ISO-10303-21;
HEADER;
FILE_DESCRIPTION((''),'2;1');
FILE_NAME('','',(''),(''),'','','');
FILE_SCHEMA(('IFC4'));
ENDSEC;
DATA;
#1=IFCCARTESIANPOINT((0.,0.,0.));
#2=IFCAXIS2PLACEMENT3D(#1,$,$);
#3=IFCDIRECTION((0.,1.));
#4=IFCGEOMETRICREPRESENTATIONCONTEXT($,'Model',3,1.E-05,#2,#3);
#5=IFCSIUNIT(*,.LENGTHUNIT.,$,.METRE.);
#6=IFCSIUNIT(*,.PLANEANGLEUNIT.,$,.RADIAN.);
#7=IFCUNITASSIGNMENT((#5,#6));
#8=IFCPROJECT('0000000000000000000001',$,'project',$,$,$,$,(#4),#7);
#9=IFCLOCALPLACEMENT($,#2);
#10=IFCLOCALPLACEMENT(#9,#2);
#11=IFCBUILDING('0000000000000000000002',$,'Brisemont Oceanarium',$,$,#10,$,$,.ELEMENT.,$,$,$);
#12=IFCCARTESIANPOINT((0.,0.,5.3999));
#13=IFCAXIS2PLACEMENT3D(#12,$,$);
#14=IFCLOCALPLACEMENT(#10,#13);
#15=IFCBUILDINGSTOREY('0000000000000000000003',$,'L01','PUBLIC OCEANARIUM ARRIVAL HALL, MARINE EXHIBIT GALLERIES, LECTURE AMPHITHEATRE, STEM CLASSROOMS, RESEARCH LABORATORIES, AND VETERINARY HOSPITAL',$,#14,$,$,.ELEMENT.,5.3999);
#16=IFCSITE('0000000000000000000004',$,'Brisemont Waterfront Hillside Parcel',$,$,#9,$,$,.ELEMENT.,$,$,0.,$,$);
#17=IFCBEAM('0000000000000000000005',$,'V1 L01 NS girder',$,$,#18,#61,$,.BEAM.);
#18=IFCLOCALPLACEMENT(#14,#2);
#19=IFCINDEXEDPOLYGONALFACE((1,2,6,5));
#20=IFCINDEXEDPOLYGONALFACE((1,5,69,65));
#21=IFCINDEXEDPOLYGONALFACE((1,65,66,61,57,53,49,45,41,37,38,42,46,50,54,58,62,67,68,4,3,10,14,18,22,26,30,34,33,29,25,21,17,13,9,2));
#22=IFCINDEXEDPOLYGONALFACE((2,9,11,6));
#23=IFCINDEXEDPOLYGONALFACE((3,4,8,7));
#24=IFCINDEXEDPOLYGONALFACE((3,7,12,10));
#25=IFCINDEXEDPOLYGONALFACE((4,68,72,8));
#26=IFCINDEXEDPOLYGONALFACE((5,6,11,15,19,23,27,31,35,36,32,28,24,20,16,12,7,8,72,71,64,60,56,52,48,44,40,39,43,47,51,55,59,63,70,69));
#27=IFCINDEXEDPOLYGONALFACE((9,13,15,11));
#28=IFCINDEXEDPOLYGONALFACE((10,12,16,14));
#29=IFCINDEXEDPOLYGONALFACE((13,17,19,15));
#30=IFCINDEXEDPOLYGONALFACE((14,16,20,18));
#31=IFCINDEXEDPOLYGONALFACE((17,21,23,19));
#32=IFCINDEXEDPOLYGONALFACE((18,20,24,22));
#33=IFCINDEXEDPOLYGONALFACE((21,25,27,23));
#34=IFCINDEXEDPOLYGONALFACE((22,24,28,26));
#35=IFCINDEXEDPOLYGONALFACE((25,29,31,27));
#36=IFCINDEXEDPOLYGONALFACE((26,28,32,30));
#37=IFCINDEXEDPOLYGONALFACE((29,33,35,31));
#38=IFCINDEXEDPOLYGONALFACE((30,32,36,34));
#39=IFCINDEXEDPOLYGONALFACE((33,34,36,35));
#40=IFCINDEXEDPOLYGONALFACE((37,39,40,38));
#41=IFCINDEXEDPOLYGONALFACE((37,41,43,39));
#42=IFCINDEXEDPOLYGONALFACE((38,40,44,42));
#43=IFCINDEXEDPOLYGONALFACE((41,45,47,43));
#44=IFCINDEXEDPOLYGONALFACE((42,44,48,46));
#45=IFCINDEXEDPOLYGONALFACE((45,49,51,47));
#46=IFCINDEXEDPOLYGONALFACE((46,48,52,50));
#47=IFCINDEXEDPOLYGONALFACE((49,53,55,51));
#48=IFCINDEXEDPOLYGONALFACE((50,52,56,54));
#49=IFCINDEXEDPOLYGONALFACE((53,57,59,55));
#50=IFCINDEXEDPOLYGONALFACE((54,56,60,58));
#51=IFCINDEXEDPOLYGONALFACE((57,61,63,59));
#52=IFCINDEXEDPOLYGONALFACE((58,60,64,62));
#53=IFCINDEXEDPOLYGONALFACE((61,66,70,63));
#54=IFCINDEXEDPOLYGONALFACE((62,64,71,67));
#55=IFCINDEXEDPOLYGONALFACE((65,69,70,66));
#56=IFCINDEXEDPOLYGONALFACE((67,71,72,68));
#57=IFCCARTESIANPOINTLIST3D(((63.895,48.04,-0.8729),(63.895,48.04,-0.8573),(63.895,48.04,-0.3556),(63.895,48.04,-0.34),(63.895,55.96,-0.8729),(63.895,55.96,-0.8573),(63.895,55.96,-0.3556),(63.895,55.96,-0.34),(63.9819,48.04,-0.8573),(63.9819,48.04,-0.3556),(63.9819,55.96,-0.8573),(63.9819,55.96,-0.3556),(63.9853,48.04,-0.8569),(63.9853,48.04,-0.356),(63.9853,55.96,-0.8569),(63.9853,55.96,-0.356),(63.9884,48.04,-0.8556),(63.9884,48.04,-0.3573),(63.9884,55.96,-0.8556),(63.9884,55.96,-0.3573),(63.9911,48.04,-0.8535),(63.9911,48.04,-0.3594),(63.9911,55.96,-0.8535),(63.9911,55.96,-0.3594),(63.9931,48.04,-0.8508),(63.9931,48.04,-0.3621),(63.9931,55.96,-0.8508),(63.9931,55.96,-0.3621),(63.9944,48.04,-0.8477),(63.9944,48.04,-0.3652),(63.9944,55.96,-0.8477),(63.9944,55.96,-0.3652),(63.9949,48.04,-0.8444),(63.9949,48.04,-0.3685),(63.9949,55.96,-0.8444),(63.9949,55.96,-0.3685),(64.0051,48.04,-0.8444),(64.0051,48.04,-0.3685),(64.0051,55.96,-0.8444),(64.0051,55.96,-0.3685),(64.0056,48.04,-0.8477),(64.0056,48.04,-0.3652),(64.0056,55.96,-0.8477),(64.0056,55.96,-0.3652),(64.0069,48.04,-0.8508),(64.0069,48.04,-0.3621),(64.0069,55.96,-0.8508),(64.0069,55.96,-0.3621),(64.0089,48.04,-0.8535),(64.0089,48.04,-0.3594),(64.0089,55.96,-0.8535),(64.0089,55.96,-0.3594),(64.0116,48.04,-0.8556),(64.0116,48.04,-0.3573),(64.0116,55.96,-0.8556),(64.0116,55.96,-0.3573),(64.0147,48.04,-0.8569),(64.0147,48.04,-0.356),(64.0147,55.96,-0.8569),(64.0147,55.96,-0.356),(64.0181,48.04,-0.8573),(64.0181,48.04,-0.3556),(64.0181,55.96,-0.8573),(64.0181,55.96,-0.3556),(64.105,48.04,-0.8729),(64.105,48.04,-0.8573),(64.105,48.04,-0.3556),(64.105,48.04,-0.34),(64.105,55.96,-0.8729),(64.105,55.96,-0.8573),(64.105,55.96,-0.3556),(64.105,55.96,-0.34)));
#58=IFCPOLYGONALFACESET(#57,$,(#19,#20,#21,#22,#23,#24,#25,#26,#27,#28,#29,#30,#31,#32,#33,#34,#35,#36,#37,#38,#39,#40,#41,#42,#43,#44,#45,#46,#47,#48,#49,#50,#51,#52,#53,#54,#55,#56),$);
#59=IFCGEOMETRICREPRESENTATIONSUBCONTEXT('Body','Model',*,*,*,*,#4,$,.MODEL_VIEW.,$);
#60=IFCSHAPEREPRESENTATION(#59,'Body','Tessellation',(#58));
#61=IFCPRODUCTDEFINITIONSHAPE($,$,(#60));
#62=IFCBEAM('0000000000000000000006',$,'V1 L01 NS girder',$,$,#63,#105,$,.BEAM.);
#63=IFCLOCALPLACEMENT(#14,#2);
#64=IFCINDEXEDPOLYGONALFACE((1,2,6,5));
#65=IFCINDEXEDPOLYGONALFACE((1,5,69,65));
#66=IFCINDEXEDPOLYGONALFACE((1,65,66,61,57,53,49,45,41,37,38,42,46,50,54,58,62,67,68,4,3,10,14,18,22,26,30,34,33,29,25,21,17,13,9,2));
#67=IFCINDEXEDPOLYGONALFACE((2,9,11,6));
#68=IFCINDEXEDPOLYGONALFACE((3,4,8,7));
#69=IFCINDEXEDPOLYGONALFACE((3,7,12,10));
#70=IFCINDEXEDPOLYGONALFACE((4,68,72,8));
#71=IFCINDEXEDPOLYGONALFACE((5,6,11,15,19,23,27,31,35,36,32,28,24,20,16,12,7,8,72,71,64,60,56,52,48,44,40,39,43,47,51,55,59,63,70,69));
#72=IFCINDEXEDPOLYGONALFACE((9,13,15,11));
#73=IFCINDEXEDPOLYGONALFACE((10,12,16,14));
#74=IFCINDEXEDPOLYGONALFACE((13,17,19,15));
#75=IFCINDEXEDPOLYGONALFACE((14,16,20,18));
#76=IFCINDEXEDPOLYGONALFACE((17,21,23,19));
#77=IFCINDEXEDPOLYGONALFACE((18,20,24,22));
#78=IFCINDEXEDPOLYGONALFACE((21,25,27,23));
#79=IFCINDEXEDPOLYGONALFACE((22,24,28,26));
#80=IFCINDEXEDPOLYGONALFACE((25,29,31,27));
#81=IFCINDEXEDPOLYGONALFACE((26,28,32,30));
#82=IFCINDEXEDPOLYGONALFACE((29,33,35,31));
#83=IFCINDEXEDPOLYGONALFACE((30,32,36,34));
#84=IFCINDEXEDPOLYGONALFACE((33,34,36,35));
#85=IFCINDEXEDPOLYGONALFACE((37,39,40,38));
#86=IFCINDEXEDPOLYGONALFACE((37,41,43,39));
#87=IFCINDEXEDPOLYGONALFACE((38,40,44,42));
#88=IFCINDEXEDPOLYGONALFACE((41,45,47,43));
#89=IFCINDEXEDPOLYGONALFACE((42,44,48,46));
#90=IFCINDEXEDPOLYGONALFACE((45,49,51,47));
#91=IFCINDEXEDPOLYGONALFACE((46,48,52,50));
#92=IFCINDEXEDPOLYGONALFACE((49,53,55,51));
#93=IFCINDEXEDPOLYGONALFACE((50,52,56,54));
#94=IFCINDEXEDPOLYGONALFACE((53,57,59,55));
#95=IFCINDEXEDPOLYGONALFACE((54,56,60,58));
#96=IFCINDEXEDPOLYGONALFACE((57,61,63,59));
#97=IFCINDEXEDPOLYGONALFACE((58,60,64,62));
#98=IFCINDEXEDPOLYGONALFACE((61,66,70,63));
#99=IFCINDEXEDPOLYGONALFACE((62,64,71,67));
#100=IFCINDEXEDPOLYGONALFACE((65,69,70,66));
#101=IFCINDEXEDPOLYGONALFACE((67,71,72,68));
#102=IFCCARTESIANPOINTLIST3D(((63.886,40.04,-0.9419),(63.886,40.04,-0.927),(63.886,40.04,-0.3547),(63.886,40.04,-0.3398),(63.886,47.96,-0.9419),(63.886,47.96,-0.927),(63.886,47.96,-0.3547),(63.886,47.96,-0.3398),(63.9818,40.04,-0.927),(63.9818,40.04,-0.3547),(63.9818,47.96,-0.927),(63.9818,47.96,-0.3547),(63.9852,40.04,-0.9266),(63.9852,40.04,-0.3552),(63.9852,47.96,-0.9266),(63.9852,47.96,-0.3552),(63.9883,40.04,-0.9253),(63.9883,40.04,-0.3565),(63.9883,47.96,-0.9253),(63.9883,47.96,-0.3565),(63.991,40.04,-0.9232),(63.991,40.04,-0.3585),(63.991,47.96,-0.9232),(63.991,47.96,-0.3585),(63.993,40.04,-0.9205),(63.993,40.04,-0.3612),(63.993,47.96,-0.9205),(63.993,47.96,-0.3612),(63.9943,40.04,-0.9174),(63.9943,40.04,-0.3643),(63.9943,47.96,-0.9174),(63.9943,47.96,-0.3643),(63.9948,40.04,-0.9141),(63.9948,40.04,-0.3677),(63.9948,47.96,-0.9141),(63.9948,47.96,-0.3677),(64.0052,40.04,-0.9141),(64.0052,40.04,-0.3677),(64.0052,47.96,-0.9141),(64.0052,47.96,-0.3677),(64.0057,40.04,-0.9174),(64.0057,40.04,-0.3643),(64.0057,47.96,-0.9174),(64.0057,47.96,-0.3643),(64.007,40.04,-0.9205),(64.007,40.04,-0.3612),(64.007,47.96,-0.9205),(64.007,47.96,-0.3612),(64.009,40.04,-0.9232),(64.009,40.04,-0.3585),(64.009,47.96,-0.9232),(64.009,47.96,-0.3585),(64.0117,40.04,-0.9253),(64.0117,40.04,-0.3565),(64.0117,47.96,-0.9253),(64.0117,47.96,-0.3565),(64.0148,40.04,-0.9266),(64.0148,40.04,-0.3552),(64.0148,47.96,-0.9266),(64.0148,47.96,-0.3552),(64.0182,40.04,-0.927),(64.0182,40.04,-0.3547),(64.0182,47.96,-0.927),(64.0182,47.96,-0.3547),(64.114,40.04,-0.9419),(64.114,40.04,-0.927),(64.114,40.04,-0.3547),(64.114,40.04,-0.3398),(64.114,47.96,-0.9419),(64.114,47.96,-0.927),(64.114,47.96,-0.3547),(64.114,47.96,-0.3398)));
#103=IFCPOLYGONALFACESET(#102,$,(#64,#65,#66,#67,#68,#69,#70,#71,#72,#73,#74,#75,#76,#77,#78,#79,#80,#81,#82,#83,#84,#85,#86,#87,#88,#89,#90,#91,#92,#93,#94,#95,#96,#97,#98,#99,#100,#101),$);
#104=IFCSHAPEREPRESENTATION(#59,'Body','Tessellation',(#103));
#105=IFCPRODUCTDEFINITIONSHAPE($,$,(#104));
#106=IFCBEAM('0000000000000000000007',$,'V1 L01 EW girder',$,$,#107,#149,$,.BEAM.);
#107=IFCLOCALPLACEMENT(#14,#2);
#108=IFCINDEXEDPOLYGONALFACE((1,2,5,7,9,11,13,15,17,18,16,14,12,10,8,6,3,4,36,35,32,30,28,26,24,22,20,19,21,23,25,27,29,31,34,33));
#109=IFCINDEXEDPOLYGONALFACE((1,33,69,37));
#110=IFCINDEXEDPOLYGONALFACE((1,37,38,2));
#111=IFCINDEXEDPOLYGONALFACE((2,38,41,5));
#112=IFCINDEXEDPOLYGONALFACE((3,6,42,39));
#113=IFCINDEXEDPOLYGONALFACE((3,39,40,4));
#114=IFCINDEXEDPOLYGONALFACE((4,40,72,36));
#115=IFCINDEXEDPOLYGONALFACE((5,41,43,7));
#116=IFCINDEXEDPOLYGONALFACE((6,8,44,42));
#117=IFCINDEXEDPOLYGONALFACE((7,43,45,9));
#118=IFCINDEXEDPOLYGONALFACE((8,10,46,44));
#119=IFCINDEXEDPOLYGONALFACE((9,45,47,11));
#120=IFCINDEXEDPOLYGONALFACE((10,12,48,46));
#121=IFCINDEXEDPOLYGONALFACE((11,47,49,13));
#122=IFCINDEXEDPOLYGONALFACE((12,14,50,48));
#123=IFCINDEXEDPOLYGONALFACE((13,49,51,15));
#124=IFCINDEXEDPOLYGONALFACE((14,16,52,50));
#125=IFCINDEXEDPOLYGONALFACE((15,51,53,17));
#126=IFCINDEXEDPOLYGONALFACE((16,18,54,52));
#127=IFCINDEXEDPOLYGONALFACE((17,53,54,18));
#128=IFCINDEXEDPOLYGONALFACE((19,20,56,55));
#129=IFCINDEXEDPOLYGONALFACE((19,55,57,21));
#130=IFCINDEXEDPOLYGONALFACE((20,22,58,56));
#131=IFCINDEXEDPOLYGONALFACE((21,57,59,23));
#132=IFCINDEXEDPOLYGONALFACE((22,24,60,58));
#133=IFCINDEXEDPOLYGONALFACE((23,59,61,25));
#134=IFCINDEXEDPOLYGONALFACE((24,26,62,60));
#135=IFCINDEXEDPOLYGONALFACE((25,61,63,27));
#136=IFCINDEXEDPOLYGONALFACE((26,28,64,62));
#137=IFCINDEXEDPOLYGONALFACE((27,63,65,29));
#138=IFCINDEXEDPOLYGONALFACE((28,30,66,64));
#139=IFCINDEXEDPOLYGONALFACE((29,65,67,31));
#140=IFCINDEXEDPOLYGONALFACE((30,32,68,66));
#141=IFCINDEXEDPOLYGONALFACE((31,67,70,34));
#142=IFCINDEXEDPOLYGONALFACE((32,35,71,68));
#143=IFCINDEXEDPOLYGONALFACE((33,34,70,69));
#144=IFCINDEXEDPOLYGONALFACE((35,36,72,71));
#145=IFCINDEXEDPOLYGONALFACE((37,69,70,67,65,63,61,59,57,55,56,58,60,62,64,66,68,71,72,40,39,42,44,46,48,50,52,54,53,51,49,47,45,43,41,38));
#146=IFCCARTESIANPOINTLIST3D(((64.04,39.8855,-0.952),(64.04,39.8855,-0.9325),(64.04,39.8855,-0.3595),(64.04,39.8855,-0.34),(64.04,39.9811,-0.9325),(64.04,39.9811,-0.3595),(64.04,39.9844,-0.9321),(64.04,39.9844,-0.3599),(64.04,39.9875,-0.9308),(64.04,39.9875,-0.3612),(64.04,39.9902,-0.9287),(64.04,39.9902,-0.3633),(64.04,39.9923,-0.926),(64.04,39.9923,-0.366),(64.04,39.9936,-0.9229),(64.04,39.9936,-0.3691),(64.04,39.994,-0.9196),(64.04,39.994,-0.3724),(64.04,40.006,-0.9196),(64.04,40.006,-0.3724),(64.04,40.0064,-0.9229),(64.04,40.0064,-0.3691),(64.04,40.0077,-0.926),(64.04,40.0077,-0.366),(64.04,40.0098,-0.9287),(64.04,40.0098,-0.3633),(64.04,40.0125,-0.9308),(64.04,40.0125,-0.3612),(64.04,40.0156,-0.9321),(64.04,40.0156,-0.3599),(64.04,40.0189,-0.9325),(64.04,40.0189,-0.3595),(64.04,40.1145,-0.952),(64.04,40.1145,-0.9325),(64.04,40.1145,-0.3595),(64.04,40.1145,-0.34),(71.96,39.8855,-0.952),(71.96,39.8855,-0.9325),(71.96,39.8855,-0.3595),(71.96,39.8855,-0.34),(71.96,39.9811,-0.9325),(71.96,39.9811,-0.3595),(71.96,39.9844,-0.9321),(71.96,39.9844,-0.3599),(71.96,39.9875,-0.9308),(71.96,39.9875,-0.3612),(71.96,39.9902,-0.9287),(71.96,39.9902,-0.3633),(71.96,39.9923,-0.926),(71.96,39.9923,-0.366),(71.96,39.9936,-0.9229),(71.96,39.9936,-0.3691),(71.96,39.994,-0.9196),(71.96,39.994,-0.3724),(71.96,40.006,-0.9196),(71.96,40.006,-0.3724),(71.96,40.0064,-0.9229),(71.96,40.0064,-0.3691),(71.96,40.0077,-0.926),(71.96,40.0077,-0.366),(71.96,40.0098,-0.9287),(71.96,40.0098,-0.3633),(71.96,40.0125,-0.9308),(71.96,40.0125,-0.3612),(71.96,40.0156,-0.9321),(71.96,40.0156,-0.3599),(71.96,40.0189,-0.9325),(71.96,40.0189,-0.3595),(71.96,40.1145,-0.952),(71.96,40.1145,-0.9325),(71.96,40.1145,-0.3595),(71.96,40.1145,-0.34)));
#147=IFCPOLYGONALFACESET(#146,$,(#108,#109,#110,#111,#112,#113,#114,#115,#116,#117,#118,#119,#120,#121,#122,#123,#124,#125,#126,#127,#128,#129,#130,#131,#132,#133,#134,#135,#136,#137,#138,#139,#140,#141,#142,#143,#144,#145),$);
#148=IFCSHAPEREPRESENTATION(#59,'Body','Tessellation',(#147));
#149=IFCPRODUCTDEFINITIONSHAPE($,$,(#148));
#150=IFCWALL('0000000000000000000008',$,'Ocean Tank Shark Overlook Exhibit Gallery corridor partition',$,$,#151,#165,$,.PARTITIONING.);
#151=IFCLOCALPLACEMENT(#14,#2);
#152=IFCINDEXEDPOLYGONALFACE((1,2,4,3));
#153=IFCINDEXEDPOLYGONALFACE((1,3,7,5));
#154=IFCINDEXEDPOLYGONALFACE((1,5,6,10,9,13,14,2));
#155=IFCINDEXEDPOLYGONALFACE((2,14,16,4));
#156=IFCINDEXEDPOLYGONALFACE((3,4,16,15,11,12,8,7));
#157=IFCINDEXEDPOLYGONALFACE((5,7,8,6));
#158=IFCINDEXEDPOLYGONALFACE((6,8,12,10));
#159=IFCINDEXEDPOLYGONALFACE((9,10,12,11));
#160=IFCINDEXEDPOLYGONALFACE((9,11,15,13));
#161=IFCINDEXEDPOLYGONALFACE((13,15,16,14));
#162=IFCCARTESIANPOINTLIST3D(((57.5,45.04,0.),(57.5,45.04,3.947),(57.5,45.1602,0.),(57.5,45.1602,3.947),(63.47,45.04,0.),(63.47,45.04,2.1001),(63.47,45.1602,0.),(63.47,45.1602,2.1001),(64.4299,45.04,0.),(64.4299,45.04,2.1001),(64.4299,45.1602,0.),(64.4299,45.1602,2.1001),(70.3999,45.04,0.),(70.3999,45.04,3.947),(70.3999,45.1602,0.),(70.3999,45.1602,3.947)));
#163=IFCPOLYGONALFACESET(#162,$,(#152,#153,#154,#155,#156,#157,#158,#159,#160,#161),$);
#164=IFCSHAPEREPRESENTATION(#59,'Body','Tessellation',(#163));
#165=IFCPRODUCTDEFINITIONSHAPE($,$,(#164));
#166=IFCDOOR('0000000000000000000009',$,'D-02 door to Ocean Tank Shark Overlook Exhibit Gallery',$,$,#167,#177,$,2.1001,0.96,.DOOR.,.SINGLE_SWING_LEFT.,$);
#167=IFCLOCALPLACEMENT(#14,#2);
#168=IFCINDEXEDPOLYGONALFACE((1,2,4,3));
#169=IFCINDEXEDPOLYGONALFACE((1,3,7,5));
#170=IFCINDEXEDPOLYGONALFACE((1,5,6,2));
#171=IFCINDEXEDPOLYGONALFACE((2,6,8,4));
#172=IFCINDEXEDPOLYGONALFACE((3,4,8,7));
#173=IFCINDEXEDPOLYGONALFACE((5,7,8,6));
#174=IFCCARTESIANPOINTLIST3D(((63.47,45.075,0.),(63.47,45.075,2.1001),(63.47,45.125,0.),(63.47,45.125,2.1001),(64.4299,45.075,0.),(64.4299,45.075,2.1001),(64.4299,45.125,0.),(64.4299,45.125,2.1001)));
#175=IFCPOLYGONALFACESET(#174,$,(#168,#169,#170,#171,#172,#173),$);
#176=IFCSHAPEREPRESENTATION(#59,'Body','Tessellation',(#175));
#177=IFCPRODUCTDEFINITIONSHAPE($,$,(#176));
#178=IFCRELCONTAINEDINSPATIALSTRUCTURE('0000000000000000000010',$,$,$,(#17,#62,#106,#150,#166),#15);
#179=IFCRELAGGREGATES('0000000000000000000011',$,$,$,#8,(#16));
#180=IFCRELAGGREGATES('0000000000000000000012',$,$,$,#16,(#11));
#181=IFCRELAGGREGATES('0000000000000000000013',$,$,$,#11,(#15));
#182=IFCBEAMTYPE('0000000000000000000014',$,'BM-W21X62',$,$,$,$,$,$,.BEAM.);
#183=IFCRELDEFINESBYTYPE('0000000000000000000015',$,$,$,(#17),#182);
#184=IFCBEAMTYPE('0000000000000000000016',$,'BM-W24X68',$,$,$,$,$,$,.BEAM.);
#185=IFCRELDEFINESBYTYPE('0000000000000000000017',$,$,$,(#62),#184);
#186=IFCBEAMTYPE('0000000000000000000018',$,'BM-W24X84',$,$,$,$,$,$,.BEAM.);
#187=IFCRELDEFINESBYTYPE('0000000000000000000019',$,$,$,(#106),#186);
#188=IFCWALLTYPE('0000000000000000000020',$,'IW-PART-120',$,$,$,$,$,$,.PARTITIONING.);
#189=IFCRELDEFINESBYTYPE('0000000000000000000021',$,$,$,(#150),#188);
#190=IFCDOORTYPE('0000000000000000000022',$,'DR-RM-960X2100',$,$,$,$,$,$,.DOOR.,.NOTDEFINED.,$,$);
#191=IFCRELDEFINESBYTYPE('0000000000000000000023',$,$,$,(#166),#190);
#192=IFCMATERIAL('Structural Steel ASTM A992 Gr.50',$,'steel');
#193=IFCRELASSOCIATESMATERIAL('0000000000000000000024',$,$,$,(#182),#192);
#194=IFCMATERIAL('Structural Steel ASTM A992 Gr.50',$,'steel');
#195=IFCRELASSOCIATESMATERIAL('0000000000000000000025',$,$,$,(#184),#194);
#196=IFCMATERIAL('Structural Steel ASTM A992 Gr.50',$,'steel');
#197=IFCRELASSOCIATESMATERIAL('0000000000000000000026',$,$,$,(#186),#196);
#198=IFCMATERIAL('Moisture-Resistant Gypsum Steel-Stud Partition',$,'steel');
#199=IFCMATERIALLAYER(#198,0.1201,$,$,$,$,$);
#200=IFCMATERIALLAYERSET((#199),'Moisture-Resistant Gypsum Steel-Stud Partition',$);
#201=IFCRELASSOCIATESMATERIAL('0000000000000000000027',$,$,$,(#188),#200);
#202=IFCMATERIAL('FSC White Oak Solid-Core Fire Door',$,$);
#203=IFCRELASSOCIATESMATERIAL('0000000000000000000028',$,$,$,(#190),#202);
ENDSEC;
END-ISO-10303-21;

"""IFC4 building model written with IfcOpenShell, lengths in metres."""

from ifc_helpers import new_model, si_unit, direction, frame, frame_2d, origin, origin_2d, place, context, subcontext, project, spatial, rectangle, i_section, extrude, material, layer, layer_set, material_profile, profile_set, type_object, element, fill, save


model = new_model("IFC4")

# Units and contexts
model_context = context("Model", 3, precision=1e-05, world=origin(), true_north=direction((0.0, 1.0)))
body_context = subcontext(model_context, "Body", "Model", "MODEL_VIEW")
ifc_project = project(units=[si_unit("LENGTHUNIT", "METRE"), si_unit("PLANEANGLEUNIT", "RADIAN")], contexts=[model_context])

# Site, building, storey
site_placement = place(None, origin())
site = spatial("IfcSite", under=ifc_project, at=site_placement, Name="Brisemont Waterfront Hillside Parcel", CompositionType="ELEMENT", RefElevation=0.0)
building_placement = place(site_placement, origin())
building = spatial("IfcBuilding", under=site, at=building_placement, Name="Brisemont Oceanarium", CompositionType="ELEMENT")
storey_placement = place(building_placement, frame((0.0, 0.0, 5.3999)))
storey = spatial("IfcBuildingStorey", under=building, at=storey_placement, Name="L01", Description="PUBLIC OCEANARIUM ARRIVAL HALL, MARINE EXHIBIT GALLERIES, LECTURE AMPHITHEATRE, STEM CLASSROOMS, RESEARCH LABORATORIES, AND VETERINARY HOSPITAL", CompositionType="ELEMENT", Elevation=5.3999)

# Beams
ifc_material_1 = material(Name="Structural Steel ASTM A992 Gr.50", Category="steel")
ifc_material_profile_1 = material_profile(ifc_material_1, i_section(OverallWidth=0.21, OverallDepth=0.533, WebThickness=0.0103, FlangeThickness=0.0156, FilletRadius=0.0129, at=origin_2d()), Name="W21X62")
ifc_profile_set_1 = profile_set([ifc_material_profile_1], Name="Structural Steel ASTM A992 Gr.50")
beam_type_1 = type_object("IfcBeamType", Name="BM-W21X62", PredefinedType="BEAM", material=ifc_profile_set_1)
beam_1_placement = place(storey_placement, frame((64.0, 48.04, -0.6064), z_axis=(0.0, 1.0, 0.0), x_axis=(-1.0, 0.0, 0.0)))
element("IfcBeam", 1, at=beam_1_placement, inside=storey, type_object=beam_type_1, Name="V1 L01 NS girder", PredefinedType="BEAM", context=body_context, shape_type="SweptSolid", body=[
    extrude(i_section(OverallWidth=0.21, OverallDepth=0.533, WebThickness=0.0103, FlangeThickness=0.0156, FilletRadius=0.0129, at=origin_2d()), origin(), (0.0, 0.0, 1.0), 7.9199),
])
ifc_material_2 = material(Name="Structural Steel ASTM A992 Gr.50", Category="steel")
ifc_material_profile_2 = material_profile(ifc_material_2, i_section(OverallWidth=0.228, OverallDepth=0.6021, WebThickness=0.0105, FlangeThickness=0.0149, FilletRadius=0.0129, at=origin_2d()), Name="W24X68")
ifc_profile_set_2 = profile_set([ifc_material_profile_2], Name="Structural Steel ASTM A992 Gr.50")
beam_type_2 = type_object("IfcBeamType", Name="BM-W24X68", PredefinedType="BEAM", material=ifc_profile_set_2)
beam_2_placement = place(storey_placement, frame((64.0, 40.04, -0.6409), z_axis=(0.0, 1.0, 0.0), x_axis=(-1.0, 0.0, 0.0)))
element("IfcBeam", 2, at=beam_2_placement, inside=storey, type_object=beam_type_2, Name="V1 L01 NS girder", PredefinedType="BEAM", context=body_context, shape_type="SweptSolid", body=[
    extrude(i_section(OverallWidth=0.228, OverallDepth=0.6021, WebThickness=0.0105, FlangeThickness=0.0149, FilletRadius=0.0129, at=origin_2d()), origin(), (0.0, 0.0, 1.0), 7.9199),
])
ifc_material_3 = material(Name="Structural Steel ASTM A992 Gr.50", Category="steel")
ifc_material_profile_3 = material_profile(ifc_material_3, i_section(OverallWidth=0.229, OverallDepth=0.6121, WebThickness=0.012, FlangeThickness=0.0195, FilletRadius=0.0129, at=origin_2d()), Name="W24X84")
ifc_profile_set_3 = profile_set([ifc_material_profile_3], Name="Structural Steel ASTM A992 Gr.50")
beam_type_3 = type_object("IfcBeamType", Name="BM-W24X84", PredefinedType="BEAM", material=ifc_profile_set_3)
beam_3_placement = place(storey_placement, frame((64.04, 40.0, -0.646), z_axis=(1.0, 0.0, 0.0), x_axis=(0.0, 1.0, 0.0)))
element("IfcBeam", 3, at=beam_3_placement, inside=storey, type_object=beam_type_3, Name="V1 L01 EW girder", PredefinedType="BEAM", context=body_context, shape_type="SweptSolid", body=[
    extrude(i_section(OverallWidth=0.229, OverallDepth=0.6121, WebThickness=0.012, FlangeThickness=0.0195, FilletRadius=0.0129, at=origin_2d()), origin(), (0.0, 0.0, 1.0), 7.9199),
])

# Wall, opening, door
ifc_material_4 = material(Name="Moisture-Resistant Gypsum Steel-Stud Partition", Category="steel")
ifc_layer_1 = layer(ifc_material_4, 0.1201)
ifc_layer_set_1 = layer_set([ifc_layer_1], Name="Moisture-Resistant Gypsum Steel-Stud Partition")
wall_type_1 = type_object("IfcWallType", Name="IW-PART-120", PredefinedType="PARTITIONING", material=ifc_layer_set_1)
wall_1_placement = place(storey_placement, frame((57.5, 45.1001, 0.0), z_axis=(0.0, 0.0, 1.0), x_axis=(1.0, 0.0, 0.0)))
wall_1 = element("IfcWall", 4, at=wall_1_placement, inside=storey, type_object=wall_type_1, Name="Ocean Tank Shark Overlook Exhibit Gallery corridor partition", PredefinedType="PARTITIONING", context=body_context, shape_type="SweptSolid", body=[
    extrude(rectangle(XDim=12.8999, YDim=0.1201, at=frame_2d((6.45, 0.0))), origin(), (0.0, 0.0, 1.0), 3.947),
])
opening_1_placement = place(wall_1_placement, frame((5.97, 0.0, 0.0)))
opening_1 = element("IfcOpeningElement", 5, at=opening_1_placement, cuts=wall_1, PredefinedType="OPENING", context=body_context, shape_type="SweptSolid", body=[
    extrude(rectangle(XDim=0.96, YDim=2.1001, at=frame_2d((0.48, 1.05))), frame((0.0, 0.0701, 0.0), z_axis=(0.0, -1.0, 0.0), x_axis=(1.0, 0.0, 0.0)), (0.0, 0.0, 1.0), 0.1401),
])
ifc_material_5 = material(Name="FSC White Oak Solid-Core Fire Door")
door_type_1 = type_object("IfcDoorType", Name="DR-RM-960X2100", OperationType="NOTDEFINED", PredefinedType="DOOR", material=ifc_material_5)
door_1_placement = place(opening_1_placement, origin())
door_1 = element("IfcDoor", 6, at=door_1_placement, inside=storey, type_object=door_type_1, Name="D-02 door to Ocean Tank Shark Overlook Exhibit Gallery", OperationType="SINGLE_SWING_LEFT", OverallHeight=2.1001, OverallWidth=0.96, PredefinedType="DOOR", context=body_context, shape_type="SweptSolid", body=[
    extrude(rectangle(XDim=0.96, YDim=2.1001, at=frame_2d((0.48, 1.05))), frame((0.0, 0.0249, 0.0), z_axis=(0.0, -1.0, 0.0), x_axis=(1.0, 0.0, 0.0)), (0.0, 0.0, 1.0), 0.05),
])
fill(opening_1, door_1)

save(model, "model.ifc")
